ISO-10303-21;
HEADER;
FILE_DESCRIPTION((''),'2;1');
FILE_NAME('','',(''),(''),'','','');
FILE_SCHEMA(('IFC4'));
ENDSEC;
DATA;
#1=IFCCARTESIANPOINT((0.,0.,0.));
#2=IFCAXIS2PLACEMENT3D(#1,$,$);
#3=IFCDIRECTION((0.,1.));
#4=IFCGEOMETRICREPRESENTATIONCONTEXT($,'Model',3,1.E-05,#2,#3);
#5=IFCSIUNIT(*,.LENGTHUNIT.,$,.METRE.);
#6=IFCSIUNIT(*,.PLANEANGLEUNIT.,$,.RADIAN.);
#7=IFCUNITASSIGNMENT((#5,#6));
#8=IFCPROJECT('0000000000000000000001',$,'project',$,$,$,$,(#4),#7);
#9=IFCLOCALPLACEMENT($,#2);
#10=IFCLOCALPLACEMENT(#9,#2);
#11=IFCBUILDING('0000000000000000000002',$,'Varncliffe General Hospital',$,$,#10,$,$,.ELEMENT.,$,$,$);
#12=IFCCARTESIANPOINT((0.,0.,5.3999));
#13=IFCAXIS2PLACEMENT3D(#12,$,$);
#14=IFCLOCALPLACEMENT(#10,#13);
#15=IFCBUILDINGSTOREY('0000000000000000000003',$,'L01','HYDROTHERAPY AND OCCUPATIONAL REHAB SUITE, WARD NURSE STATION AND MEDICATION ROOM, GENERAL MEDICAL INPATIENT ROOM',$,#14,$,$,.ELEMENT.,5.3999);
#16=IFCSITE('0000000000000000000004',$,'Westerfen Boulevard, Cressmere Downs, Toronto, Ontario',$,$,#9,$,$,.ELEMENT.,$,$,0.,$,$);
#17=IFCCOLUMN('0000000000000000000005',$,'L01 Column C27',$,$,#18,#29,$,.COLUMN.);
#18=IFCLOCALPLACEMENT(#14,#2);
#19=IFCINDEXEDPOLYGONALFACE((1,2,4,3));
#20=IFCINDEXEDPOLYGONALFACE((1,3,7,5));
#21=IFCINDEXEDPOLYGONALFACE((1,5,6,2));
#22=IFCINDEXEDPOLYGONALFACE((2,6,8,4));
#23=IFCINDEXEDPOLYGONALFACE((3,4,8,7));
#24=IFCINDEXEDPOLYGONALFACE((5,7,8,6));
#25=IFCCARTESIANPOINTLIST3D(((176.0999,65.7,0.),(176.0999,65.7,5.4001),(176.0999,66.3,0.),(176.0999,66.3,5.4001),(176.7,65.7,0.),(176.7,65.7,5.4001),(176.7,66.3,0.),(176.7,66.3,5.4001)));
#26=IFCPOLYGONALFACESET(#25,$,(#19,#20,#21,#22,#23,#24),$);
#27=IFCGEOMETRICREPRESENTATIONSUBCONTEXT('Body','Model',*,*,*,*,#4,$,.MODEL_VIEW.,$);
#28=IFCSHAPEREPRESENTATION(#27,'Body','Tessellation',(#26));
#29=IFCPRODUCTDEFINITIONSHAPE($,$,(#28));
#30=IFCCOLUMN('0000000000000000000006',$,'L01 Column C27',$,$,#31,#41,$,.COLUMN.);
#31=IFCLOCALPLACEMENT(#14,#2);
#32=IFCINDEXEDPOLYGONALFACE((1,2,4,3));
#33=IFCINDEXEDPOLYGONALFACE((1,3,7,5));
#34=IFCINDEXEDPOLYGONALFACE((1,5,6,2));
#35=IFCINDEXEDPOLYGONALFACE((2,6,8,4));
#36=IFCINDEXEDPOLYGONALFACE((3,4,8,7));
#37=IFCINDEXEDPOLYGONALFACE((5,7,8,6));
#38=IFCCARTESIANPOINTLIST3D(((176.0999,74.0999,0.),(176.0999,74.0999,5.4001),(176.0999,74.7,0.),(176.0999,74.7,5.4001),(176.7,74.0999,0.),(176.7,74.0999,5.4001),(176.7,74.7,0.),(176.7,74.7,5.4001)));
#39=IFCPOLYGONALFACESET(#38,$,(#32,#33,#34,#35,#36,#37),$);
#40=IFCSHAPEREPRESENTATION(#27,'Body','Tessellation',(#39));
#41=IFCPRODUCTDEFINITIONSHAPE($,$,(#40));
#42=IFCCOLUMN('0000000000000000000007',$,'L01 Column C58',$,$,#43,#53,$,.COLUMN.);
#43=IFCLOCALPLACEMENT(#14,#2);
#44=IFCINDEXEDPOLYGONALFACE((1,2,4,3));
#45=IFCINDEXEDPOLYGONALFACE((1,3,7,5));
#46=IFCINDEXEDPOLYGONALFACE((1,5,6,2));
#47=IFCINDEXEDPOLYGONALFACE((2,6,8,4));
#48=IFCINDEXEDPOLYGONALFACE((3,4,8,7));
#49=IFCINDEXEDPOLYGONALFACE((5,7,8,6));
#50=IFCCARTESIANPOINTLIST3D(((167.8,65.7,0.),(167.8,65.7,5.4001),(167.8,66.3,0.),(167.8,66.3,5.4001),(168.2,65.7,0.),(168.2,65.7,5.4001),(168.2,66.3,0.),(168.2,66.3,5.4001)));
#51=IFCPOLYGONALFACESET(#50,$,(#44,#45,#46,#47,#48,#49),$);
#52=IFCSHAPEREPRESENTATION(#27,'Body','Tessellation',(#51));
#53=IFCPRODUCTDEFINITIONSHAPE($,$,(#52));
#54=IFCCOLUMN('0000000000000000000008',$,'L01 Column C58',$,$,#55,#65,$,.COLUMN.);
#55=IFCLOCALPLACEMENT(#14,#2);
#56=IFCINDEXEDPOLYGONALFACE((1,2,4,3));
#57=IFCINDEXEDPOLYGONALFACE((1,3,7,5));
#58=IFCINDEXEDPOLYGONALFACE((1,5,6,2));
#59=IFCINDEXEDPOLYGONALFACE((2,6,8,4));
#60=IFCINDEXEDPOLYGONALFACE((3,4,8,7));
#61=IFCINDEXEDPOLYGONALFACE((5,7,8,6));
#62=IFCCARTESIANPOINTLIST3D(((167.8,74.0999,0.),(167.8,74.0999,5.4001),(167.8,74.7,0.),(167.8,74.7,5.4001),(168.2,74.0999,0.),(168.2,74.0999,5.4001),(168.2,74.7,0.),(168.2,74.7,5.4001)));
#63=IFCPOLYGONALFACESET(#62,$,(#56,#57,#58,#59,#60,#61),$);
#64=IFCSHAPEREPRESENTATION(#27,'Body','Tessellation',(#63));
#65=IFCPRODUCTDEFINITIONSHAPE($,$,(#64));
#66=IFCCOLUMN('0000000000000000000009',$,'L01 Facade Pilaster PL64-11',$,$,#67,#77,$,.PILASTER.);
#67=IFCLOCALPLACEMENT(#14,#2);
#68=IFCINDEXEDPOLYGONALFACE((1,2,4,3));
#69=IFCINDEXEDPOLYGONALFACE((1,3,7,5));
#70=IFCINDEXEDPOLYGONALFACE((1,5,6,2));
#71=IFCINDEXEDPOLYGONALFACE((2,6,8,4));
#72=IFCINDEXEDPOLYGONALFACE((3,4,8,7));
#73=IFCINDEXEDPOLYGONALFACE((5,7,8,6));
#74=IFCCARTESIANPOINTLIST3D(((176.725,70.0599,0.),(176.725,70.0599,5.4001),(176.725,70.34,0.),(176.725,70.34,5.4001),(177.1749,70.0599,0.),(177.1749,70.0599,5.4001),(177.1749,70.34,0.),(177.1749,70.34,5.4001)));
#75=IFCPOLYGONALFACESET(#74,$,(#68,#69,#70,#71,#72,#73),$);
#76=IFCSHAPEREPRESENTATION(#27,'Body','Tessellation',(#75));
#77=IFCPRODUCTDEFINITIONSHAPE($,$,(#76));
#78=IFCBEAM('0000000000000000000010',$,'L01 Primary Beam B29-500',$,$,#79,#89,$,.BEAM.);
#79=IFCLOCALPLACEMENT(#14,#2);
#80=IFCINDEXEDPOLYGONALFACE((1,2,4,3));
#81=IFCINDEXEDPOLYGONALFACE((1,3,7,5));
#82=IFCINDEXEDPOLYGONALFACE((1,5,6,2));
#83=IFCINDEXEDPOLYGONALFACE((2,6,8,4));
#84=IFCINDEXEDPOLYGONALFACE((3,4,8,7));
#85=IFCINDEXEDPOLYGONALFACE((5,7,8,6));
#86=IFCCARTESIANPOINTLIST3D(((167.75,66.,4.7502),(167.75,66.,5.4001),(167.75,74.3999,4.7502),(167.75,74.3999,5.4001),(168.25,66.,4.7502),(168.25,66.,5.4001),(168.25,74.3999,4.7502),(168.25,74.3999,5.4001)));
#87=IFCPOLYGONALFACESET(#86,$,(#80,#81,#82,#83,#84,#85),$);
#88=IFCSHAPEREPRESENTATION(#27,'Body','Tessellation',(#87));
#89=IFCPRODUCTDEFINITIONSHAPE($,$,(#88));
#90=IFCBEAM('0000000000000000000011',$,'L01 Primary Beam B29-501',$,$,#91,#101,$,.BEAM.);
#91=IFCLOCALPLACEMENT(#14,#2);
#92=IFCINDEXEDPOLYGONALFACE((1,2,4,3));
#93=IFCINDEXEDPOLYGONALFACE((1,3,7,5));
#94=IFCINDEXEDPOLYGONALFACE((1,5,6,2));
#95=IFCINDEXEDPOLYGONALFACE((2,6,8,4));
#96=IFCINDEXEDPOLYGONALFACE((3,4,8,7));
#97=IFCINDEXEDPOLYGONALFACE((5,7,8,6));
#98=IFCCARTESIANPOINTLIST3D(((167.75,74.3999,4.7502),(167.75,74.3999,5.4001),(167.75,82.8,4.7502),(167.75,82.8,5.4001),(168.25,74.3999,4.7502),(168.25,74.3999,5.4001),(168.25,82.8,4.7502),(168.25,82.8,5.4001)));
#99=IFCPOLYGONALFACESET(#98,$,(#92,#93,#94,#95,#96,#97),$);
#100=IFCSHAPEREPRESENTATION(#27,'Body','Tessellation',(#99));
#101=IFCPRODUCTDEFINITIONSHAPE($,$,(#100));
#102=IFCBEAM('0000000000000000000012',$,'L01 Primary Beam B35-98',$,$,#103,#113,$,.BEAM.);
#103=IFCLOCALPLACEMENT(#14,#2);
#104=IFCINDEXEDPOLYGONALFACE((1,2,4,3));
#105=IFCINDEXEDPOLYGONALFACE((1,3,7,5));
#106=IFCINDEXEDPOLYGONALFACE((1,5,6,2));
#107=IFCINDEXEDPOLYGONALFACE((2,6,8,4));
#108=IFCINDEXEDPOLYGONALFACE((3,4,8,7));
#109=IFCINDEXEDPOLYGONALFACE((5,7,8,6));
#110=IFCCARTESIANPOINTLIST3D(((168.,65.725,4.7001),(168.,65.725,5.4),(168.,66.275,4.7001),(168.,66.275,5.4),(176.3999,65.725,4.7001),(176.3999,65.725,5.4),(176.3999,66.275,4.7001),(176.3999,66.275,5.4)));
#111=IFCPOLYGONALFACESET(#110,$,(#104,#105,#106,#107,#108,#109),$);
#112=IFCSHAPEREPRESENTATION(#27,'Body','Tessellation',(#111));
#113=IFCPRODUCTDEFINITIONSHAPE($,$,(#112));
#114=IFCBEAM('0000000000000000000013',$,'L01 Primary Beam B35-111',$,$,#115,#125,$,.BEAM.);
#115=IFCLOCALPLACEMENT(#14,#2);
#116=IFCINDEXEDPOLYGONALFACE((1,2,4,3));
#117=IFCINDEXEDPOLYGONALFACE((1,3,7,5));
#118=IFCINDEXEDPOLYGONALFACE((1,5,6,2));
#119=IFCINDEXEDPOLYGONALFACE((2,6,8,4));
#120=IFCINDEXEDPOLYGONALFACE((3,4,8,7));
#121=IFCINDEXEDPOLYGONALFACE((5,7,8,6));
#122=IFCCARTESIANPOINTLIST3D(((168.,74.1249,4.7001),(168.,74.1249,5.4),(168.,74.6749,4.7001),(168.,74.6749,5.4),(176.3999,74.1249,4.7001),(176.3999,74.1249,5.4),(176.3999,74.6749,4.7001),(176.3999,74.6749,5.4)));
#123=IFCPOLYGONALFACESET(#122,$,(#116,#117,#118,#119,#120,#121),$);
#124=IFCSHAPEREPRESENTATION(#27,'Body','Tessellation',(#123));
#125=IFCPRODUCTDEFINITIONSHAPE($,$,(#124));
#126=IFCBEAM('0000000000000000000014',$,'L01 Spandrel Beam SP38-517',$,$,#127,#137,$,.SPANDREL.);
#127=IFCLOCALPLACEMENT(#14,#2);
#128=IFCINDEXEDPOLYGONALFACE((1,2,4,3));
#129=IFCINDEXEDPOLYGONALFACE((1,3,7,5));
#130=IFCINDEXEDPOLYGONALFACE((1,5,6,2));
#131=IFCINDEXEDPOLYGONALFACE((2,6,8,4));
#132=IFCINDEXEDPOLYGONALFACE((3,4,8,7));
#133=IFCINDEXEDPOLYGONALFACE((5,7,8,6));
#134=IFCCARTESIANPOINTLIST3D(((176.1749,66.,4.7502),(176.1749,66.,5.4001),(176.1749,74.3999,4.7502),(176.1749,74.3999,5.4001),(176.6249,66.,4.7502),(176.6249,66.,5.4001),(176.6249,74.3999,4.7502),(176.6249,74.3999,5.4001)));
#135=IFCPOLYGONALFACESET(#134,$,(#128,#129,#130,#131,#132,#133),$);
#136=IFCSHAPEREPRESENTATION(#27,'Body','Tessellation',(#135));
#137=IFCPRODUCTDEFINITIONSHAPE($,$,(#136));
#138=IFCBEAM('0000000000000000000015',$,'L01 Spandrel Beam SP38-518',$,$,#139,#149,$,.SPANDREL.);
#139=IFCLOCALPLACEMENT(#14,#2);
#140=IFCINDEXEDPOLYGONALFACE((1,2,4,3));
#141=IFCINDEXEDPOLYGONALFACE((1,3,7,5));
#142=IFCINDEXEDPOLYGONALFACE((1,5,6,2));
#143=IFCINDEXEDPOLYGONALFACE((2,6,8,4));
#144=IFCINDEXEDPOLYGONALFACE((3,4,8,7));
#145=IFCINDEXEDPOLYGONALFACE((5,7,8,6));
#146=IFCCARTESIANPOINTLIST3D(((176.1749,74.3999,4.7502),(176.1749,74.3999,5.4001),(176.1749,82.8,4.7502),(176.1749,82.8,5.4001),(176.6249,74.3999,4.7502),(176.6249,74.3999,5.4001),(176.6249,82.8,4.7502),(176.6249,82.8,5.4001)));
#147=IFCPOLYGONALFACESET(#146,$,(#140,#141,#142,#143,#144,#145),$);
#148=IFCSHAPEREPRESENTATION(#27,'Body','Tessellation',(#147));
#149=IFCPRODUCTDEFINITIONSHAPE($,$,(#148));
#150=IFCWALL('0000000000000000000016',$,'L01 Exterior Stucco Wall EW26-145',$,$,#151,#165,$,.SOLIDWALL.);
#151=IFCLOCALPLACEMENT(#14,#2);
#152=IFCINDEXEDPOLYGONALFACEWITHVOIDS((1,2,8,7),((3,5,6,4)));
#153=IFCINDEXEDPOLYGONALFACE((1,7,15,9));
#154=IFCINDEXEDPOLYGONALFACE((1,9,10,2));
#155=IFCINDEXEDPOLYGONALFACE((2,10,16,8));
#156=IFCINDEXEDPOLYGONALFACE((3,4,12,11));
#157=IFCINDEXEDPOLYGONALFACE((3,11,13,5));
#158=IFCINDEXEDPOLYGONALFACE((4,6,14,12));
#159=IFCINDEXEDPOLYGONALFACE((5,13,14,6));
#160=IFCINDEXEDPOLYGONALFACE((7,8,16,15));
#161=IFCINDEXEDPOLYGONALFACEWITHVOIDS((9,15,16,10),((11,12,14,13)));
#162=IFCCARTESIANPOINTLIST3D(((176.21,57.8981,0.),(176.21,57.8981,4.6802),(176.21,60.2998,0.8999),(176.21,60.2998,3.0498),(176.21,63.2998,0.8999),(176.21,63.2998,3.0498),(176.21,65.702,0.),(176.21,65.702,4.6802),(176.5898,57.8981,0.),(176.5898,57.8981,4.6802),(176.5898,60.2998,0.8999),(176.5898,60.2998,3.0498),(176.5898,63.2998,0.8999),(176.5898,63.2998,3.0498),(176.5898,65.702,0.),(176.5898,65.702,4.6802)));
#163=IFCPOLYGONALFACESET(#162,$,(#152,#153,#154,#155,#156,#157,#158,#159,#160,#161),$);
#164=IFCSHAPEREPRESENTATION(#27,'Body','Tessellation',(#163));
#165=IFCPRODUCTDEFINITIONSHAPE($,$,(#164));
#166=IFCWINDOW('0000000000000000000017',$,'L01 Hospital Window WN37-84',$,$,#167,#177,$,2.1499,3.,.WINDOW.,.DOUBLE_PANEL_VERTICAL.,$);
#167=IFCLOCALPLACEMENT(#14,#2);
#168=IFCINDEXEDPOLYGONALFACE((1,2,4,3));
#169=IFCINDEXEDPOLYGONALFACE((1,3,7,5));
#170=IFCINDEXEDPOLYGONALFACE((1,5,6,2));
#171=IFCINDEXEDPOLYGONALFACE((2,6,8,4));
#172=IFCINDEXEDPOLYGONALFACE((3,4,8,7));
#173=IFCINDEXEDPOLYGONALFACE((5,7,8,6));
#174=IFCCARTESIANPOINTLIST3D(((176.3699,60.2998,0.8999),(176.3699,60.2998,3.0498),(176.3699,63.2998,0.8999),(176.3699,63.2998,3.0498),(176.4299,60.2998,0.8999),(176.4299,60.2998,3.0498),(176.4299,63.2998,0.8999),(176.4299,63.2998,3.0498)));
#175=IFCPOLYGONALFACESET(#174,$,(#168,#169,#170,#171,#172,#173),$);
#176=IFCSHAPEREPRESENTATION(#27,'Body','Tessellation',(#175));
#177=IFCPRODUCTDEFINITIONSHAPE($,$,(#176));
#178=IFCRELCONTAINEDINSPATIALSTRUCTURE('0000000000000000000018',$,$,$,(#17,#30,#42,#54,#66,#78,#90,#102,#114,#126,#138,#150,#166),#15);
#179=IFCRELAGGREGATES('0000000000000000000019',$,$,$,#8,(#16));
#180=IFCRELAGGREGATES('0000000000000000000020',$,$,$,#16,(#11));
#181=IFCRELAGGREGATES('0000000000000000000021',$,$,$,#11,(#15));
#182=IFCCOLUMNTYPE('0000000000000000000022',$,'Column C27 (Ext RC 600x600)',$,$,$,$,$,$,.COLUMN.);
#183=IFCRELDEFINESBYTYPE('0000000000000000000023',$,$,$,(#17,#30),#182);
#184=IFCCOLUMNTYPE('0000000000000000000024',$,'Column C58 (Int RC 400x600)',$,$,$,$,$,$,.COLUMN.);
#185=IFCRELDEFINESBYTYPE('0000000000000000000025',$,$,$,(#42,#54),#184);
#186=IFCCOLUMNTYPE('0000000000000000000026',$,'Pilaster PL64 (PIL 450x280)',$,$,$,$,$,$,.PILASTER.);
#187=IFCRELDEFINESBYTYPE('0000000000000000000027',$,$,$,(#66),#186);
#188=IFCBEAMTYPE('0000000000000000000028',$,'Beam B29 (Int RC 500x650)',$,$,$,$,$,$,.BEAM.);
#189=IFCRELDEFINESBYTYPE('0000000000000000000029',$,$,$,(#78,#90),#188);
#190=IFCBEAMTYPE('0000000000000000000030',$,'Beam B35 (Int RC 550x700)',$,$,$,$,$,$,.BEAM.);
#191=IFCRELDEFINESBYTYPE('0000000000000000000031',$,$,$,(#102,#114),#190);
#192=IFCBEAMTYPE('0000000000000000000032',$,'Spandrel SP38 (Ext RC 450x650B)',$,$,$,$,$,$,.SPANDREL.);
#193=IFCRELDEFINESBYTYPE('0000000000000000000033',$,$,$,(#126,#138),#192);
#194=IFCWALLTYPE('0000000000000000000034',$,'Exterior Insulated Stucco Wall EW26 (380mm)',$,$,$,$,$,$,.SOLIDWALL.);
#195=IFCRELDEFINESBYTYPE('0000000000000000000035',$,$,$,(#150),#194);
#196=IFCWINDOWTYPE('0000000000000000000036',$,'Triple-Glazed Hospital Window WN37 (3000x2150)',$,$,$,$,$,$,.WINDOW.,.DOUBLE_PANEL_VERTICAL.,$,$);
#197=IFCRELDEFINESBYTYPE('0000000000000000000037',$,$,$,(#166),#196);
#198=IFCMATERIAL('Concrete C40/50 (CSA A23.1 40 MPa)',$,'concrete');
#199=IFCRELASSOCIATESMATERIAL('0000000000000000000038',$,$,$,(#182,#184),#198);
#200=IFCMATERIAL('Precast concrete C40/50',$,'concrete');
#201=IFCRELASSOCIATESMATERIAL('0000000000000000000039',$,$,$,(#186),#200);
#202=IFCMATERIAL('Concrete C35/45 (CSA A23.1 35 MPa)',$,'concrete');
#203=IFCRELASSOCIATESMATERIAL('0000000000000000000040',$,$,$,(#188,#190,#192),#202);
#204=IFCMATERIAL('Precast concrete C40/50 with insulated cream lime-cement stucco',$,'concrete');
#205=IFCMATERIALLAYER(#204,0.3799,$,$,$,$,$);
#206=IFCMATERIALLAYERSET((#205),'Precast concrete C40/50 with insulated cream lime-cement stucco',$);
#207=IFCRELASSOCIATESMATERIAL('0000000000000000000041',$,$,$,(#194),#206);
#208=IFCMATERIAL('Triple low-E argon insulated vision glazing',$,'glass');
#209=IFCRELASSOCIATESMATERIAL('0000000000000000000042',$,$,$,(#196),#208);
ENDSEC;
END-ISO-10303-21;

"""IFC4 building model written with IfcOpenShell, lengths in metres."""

from ifc_helpers import new_model, si_unit, direction, frame, frame_2d, origin, origin_2d, place, context, subcontext, project, spatial, rectangle, extrude, material, layer, layer_set, material_profile, profile_set, type_object, element, fill, save


model = new_model("IFC4")

# Units and contexts
model_context = context("Model", 3, precision=1e-05, world=origin(), true_north=direction((0.0, 1.0)))
body_context = subcontext(model_context, "Body", "Model", "MODEL_VIEW")
ifc_project = project(units=[si_unit("LENGTHUNIT", "METRE"), si_unit("PLANEANGLEUNIT", "RADIAN")], contexts=[model_context])

# Site, building, storey
site_placement = place(None, origin())
site = spatial("IfcSite", under=ifc_project, at=site_placement, Name="Westerfen Boulevard, Cressmere Downs, Toronto, Ontario", CompositionType="ELEMENT", RefElevation=0.0)
building_placement = place(site_placement, origin())
building = spatial("IfcBuilding", under=site, at=building_placement, Name="Varncliffe General Hospital", CompositionType="ELEMENT")
storey_placement = place(building_placement, frame((0.0, 0.0, 5.3999)))
storey = spatial("IfcBuildingStorey", under=building, at=storey_placement, Name="L01", Description="HYDROTHERAPY AND OCCUPATIONAL REHAB SUITE, WARD NURSE STATION AND MEDICATION ROOM, GENERAL MEDICAL INPATIENT ROOM", CompositionType="ELEMENT", Elevation=5.3999)

# Columns
ifc_material_1 = material(Name="Concrete C40/50 (CSA A23.1 40 MPa)", Category="concrete")
ifc_material_profile_1 = material_profile(ifc_material_1, rectangle(XDim=0.6001, YDim=0.6001, at=origin_2d()), Name="RC 600x600")
ifc_profile_set_1 = profile_set([ifc_material_profile_1], Name="Concrete C40/50 (CSA A23.1 40 MPa)")
column_type_1 = type_object("IfcColumnType", Name="Column C27 (Ext RC 600x600)", PredefinedType="COLUMN", material=ifc_profile_set_1)
for number, where, z_axis, x_axis, name in (
    (1, (176.3999, 66.0, 0.0), (0.0, 0.0, 1.0), (1.0, 0.0, 0.0), "L01 Column C27"),
    (2, (176.3999, 74.3999, 0.0), (0.0, 0.0, 1.0), (1.0, 0.0, 0.0), "L01 Column C27"),
):
    element("IfcColumn", number, at=place(storey_placement, frame(where, z_axis=z_axis, x_axis=x_axis)), inside=storey, type_object=column_type_1, Name=name, PredefinedType="COLUMN", context=body_context, shape_type="SweptSolid", body=[
        extrude(rectangle(XDim=0.6001, YDim=0.6001, at=origin_2d()), origin(), (0.0, 0.0, 1.0), 5.4001),
    ])
ifc_material_profile_2 = material_profile(ifc_material_1, rectangle(XDim=0.3999, YDim=0.6001, at=origin_2d()), Name="RC 400x600")
ifc_profile_set_2 = profile_set([ifc_material_profile_2], Name="Concrete C40/50 (CSA A23.1 40 MPa)")
column_type_2 = type_object("IfcColumnType", Name="Column C58 (Int RC 400x600)", PredefinedType="COLUMN", material=ifc_profile_set_2)
for number, where, z_axis, x_axis, name in (
    (3, (168.0, 66.0, 0.0), (0.0, 0.0, 1.0), (1.0, 0.0, 0.0), "L01 Column C58"),
    (4, (168.0, 74.3999, 0.0), (0.0, 0.0, 1.0), (1.0, 0.0, 0.0), "L01 Column C58"),
):
    element("IfcColumn", number, at=place(storey_placement, frame(where, z_axis=z_axis, x_axis=x_axis)), inside=storey, type_object=column_type_2, Name=name, PredefinedType="COLUMN", context=body_context, shape_type="SweptSolid", body=[
        extrude(rectangle(XDim=0.3999, YDim=0.6001, at=origin_2d()), origin(), (0.0, 0.0, 1.0), 5.4001),
    ])
ifc_material_2 = material(Name="Precast concrete C40/50", Category="concrete")
ifc_material_profile_3 = material_profile(ifc_material_2, rectangle(XDim=0.45, YDim=0.28, at=origin_2d()), Name="PIL 450x280")
ifc_profile_set_3 = profile_set([ifc_material_profile_3], Name="Precast concrete C40/50")
column_type_3 = type_object("IfcColumnType", Name="Pilaster PL64 (PIL 450x280)", PredefinedType="PILASTER", material=ifc_profile_set_3)
column_placement = place(storey_placement, frame((176.95, 70.2, 0.0), z_axis=(0.0, 0.0, 1.0), x_axis=(1.0, 0.0, 0.0)))
element("IfcColumn", 5, at=column_placement, inside=storey, type_object=column_type_3, Name="L01 Facade Pilaster PL64-11", PredefinedType="PILASTER", context=body_context, shape_type="SweptSolid", body=[
    extrude(rectangle(XDim=0.45, YDim=0.28, at=origin_2d()), origin(), (0.0, 0.0, 1.0), 5.4001),
])

# Beams
ifc_material_3 = material(Name="Concrete C35/45 (CSA A23.1 35 MPa)", Category="concrete")
ifc_material_profile_4 = material_profile(ifc_material_3, rectangle(XDim=0.5, YDim=0.6499, at=origin_2d()), Name="RC 500x650")
ifc_profile_set_4 = profile_set([ifc_material_profile_4], Name="Concrete C35/45 (CSA A23.1 35 MPa)")
beam_type_1 = type_object("IfcBeamType", Name="Beam B29 (Int RC 500x650)", PredefinedType="BEAM", material=ifc_profile_set_4)
beam_1_placement = place(storey_placement, frame((168.0, 66.0, 5.0752), z_axis=(0.0, 1.0, 0.0), x_axis=(-1.0, 0.0, 0.0)))
element("IfcBeam", 6, at=beam_1_placement, inside=storey, type_object=beam_type_1, Name="L01 Primary Beam B29-500", PredefinedType="BEAM", context=body_context, shape_type="SweptSolid", body=[
    extrude(rectangle(XDim=0.5, YDim=0.6499, at=origin_2d()), origin(), (0.0, 0.0, 1.0), 8.3999),
])
beam_2_placement = place(storey_placement, frame((168.0, 74.3999, 5.0752), z_axis=(0.0, 1.0, 0.0), x_axis=(-1.0, 0.0, 0.0)))
element("IfcBeam", 7, at=beam_2_placement, inside=storey, type_object=beam_type_1, Name="L01 Primary Beam B29-501", PredefinedType="BEAM", context=body_context, shape_type="SweptSolid", body=[
    extrude(rectangle(XDim=0.5, YDim=0.6499, at=origin_2d()), origin(), (0.0, 0.0, 1.0), 8.4001),
])
ifc_material_profile_5 = material_profile(ifc_material_3, rectangle(XDim=0.55, YDim=0.7, at=origin_2d()), Name="RC 550x700")
ifc_profile_set_5 = profile_set([ifc_material_profile_5], Name="Concrete C35/45 (CSA A23.1 35 MPa)")
beam_type_2 = type_object("IfcBeamType", Name="Beam B35 (Int RC 550x700)", PredefinedType="BEAM", material=ifc_profile_set_5)
for number, where, z_axis, x_axis, name in (
    (8, (168.0, 66.0, 5.05), (1.0, 0.0, 0.0), (0.0, 1.0, 0.0), "L01 Primary Beam B35-98"),
    (9, (168.0, 74.3999, 5.05), (1.0, 0.0, 0.0), (0.0, 1.0, 0.0), "L01 Primary Beam B35-111"),
):
    element("IfcBeam", number, at=place(storey_placement, frame(where, z_axis=z_axis, x_axis=x_axis)), inside=storey, type_object=beam_type_2, Name=name, PredefinedType="BEAM", context=body_context, shape_type="SweptSolid", body=[
        extrude(rectangle(XDim=0.55, YDim=0.7, at=origin_2d()), origin(), (0.0, 0.0, 1.0), 8.3999),
    ])
ifc_material_profile_6 = material_profile(ifc_material_3, rectangle(XDim=0.45, YDim=0.6499, at=origin_2d()), Name="RC 450x650")
ifc_profile_set_6 = profile_set([ifc_material_profile_6], Name="Concrete C35/45 (CSA A23.1 35 MPa)")
beam_type_3 = type_object("IfcBeamType", Name="Spandrel SP38 (Ext RC 450x650B)", PredefinedType="SPANDREL", material=ifc_profile_set_6)
beam_3_placement = place(storey_placement, frame((176.3999, 66.0, 5.0752), z_axis=(0.0, 1.0, 0.0), x_axis=(-1.0, 0.0, 0.0)))
element("IfcBeam", 10, at=beam_3_placement, inside=storey, type_object=beam_type_3, Name="L01 Spandrel Beam SP38-517", PredefinedType="SPANDREL", context=body_context, shape_type="SweptSolid", body=[
    extrude(rectangle(XDim=0.45, YDim=0.6499, at=origin_2d()), origin(), (0.0, 0.0, 1.0), 8.3999),
])
beam_4_placement = place(storey_placement, frame((176.3999, 74.3999, 5.0752), z_axis=(0.0, 1.0, 0.0), x_axis=(-1.0, 0.0, 0.0)))
element("IfcBeam", 11, at=beam_4_placement, inside=storey, type_object=beam_type_3, Name="L01 Spandrel Beam SP38-518", PredefinedType="SPANDREL", context=body_context, shape_type="SweptSolid", body=[
    extrude(rectangle(XDim=0.45, YDim=0.6499, at=origin_2d()), origin(), (0.0, 0.0, 1.0), 8.4001),
])

# Wall, opening, window
ifc_material_4 = material(Name="Precast concrete C40/50 with insulated cream lime-cement stucco", Category="concrete")
ifc_layer_1 = layer(ifc_material_4, 0.3799)
ifc_layer_set_1 = layer_set([ifc_layer_1], Name="Precast concrete C40/50 with insulated cream lime-cement stucco")
wall_type_1 = type_object("IfcWallType", Name="Exterior Insulated Stucco Wall EW26 (380mm)", PredefinedType="SOLIDWALL", material=ifc_layer_set_1)
wall_1_placement = place(storey_placement, frame((176.3999, 65.7019, 0.0), z_axis=(0.0, 0.0, 1.0), x_axis=(0.0, -1.0, 0.0)))
wall_1 = element("IfcWall", 12, at=wall_1_placement, inside=storey, type_object=wall_type_1, Name="L01 Exterior Stucco Wall EW26-145", PredefinedType="SOLIDWALL", context=body_context, shape_type="SweptSolid", body=[
    extrude(rectangle(XDim=7.804, YDim=0.3799, at=frame_2d((3.9019, 0.0))), origin(), (0.0, 0.0, 1.0), 4.6802),
])
opening_1_placement = place(wall_1_placement, frame((2.4021, 0.0, 0.8999)))
opening_1 = element("IfcOpeningElement", 13, at=opening_1_placement, cuts=wall_1, PredefinedType="OPENING", context=body_context, shape_type="SweptSolid", body=[
    extrude(rectangle(XDim=3.0, YDim=2.1499, at=frame_2d((1.5, 1.075))), frame((0.0, 0.2, 0.0), z_axis=(0.0, -1.0, 0.0), x_axis=(1.0, 0.0, 0.0)), (0.0, 0.0, 1.0), 0.3999),
])
ifc_material_5 = material(Name="Triple low-E argon insulated vision glazing", Category="glass")
window_type_1 = type_object("IfcWindowType", Name="Triple-Glazed Hospital Window WN37 (3000x2150)", PartitioningType="DOUBLE_PANEL_VERTICAL", PredefinedType="WINDOW", material=ifc_material_5)
window_1_placement = place(opening_1_placement, origin())
window_1 = element("IfcWindow", 14, at=window_1_placement, inside=storey, type_object=window_type_1, Name="L01 Hospital Window WN37-84", OverallHeight=2.1499, OverallWidth=3.0, PartitioningType="DOUBLE_PANEL_VERTICAL", PredefinedType="WINDOW", context=body_context, shape_type="SweptSolid", body=[
    extrude(rectangle(XDim=3.0, YDim=2.1499, at=frame_2d((1.5, 1.075))), frame((0.0, 0.03, 0.0), z_axis=(0.0, -1.0, 0.0), x_axis=(1.0, 0.0, 0.0)), (0.0, 0.0, 1.0), 0.0601),
])
fill(opening_1, window_1)

save(model, "model.ifc")
